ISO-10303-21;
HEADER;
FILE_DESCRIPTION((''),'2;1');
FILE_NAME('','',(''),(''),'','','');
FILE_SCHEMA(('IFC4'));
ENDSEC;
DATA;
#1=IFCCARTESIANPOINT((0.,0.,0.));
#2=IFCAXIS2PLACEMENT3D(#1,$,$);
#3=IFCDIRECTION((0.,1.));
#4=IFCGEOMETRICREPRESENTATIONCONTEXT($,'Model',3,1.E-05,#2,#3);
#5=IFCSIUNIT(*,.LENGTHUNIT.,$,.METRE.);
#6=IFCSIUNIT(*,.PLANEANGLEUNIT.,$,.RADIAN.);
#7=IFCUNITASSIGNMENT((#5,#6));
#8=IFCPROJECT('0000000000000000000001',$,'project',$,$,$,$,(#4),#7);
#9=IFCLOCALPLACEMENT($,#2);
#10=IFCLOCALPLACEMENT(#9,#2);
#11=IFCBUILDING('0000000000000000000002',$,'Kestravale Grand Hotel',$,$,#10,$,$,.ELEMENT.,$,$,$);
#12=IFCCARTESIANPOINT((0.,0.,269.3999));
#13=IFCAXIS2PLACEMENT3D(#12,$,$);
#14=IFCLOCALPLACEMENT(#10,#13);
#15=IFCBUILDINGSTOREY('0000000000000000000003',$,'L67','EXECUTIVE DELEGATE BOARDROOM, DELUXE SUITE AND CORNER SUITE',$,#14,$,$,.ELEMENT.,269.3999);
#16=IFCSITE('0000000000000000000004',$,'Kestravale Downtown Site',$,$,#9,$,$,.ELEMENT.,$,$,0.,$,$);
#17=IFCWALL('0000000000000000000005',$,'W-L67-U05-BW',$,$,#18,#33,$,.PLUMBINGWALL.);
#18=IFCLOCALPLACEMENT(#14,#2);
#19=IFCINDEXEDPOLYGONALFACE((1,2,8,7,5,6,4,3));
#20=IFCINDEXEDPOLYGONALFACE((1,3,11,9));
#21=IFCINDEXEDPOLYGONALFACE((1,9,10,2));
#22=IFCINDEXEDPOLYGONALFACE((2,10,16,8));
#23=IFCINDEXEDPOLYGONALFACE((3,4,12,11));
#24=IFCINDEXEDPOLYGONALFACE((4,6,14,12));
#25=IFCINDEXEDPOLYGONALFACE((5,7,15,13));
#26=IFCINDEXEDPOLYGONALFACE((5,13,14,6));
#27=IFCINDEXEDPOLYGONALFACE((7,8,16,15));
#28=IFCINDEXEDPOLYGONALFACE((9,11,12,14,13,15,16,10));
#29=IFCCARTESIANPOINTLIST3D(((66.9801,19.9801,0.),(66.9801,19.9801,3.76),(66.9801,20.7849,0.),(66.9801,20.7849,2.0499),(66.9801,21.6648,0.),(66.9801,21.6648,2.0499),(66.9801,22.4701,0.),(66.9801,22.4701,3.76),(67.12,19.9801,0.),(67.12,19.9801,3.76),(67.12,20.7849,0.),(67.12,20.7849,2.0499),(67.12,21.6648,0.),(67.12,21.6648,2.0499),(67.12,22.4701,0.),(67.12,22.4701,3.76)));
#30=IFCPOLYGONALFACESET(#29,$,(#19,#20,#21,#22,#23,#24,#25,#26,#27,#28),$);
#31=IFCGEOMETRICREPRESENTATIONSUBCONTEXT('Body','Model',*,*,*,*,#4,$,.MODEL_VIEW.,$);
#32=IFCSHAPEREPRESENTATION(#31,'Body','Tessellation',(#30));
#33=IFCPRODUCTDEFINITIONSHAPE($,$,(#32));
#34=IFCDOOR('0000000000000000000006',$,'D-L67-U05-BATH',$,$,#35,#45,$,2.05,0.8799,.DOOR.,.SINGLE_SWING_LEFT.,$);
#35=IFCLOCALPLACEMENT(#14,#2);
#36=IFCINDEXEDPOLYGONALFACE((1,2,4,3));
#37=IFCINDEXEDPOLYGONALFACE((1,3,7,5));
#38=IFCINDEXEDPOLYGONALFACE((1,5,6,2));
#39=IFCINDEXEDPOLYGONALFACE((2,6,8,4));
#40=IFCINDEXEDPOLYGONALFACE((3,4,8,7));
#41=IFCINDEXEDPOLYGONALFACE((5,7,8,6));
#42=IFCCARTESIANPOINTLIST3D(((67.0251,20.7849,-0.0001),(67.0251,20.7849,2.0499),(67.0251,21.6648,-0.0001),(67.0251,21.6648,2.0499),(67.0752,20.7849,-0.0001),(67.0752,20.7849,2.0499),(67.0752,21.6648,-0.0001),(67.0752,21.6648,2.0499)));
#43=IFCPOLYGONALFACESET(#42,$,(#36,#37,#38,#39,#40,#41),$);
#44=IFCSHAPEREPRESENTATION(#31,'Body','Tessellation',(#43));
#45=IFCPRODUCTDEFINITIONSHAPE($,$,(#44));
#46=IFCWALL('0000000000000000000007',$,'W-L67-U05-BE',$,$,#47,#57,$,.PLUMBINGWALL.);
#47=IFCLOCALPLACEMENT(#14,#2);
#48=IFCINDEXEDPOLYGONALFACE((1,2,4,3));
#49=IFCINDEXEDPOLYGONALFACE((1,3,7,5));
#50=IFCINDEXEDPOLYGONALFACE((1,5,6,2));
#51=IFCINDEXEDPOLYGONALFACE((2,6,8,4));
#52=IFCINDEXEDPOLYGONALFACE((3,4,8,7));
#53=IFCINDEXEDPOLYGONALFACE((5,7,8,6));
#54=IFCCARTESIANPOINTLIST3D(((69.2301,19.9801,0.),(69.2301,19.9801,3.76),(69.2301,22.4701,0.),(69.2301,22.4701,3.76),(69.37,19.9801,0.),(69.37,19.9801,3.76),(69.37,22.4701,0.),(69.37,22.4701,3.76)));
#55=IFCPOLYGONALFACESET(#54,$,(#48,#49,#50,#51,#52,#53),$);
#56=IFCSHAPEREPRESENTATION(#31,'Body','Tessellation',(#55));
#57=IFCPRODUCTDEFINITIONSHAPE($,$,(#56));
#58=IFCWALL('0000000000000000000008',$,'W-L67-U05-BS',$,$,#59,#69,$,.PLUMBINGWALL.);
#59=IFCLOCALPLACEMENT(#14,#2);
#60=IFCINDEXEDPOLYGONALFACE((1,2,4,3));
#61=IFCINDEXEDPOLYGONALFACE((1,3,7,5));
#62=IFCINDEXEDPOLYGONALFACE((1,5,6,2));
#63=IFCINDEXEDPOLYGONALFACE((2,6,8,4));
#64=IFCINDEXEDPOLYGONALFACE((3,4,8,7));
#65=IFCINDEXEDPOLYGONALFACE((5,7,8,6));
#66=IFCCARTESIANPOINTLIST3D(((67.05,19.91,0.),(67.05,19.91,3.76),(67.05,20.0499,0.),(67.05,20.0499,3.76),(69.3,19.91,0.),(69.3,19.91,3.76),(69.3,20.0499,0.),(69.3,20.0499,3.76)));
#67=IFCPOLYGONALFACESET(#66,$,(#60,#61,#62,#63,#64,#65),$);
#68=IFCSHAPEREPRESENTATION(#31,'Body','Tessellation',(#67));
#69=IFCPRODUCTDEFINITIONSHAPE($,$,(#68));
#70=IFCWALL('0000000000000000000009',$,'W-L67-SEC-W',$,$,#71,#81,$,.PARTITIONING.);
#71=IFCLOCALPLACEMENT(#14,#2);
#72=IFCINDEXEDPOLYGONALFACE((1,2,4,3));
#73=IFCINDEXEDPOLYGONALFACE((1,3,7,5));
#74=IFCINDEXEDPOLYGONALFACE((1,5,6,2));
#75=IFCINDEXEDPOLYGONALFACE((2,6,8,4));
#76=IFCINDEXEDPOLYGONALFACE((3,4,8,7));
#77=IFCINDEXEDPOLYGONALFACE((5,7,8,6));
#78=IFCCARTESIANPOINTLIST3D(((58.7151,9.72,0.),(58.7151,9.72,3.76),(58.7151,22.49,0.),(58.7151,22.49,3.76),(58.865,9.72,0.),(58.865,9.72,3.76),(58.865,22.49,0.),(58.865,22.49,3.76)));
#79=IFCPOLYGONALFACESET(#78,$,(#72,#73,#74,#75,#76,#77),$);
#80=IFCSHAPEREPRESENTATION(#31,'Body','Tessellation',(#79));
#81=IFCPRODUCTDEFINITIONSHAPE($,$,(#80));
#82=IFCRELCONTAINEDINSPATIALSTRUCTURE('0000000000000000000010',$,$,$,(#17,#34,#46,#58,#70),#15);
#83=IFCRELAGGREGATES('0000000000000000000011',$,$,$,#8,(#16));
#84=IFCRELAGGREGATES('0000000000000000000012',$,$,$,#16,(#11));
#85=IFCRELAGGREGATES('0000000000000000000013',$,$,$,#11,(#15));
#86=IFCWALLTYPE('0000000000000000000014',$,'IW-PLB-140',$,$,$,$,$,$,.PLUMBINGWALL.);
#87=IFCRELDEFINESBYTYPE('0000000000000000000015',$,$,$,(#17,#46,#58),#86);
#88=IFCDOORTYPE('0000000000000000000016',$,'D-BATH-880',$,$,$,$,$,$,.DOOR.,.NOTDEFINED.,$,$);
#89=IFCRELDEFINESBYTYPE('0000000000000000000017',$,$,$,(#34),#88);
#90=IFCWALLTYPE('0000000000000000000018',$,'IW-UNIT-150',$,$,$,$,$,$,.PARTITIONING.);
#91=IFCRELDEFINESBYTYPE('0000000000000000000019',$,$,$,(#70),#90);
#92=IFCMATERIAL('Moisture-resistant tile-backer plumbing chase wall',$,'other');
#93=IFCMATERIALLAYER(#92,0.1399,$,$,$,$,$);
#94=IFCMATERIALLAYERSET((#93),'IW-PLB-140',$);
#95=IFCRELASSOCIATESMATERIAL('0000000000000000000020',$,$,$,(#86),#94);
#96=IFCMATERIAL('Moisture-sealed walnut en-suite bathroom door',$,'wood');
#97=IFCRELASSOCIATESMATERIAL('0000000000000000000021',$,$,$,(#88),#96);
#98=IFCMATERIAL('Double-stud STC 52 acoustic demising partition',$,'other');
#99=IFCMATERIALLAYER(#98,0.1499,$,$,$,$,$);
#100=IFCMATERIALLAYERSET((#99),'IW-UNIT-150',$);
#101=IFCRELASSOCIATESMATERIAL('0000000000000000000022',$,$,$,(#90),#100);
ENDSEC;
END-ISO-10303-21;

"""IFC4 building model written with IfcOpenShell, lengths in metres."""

from ifc_helpers import new_model, si_unit, direction, frame, frame_2d, origin, place, context, subcontext, project, spatial, rectangle, extrude, material, layer, layer_set, type_object, element, fill, save


model = new_model("IFC4")

# Units and contexts
model_context = context("Model", 3, precision=1e-05, world=origin(), true_north=direction((0.0, 1.0)))
body_context = subcontext(model_context, "Body", "Model", "MODEL_VIEW")
ifc_project = project(units=[si_unit("LENGTHUNIT", "METRE"), si_unit("PLANEANGLEUNIT", "RADIAN")], contexts=[model_context])

# Site, building, storey
site_placement = place(None, origin())
site = spatial("IfcSite", under=ifc_project, at=site_placement, Name="Kestravale Downtown Site", CompositionType="ELEMENT", RefElevation=0.0)
building_placement = place(site_placement, origin())
building = spatial("IfcBuilding", under=site, at=building_placement, Name="Kestravale Grand Hotel", CompositionType="ELEMENT")
storey_placement = place(building_placement, frame((0.0, 0.0, 269.3999)))
storey = spatial("IfcBuildingStorey", under=building, at=storey_placement, Name="L67", Description="EXECUTIVE DELEGATE BOARDROOM, DELUXE SUITE AND CORNER SUITE", CompositionType="ELEMENT", Elevation=269.3999)

# Wall, opening, door
ifc_material_1 = material(Name="Moisture-resistant tile-backer plumbing chase wall", Category="other")
ifc_layer_1 = layer(ifc_material_1, 0.1399)
ifc_layer_set_1 = layer_set([ifc_layer_1], Name="IW-PLB-140")
wall_type_1 = type_object("IfcWallType", Name="IW-PLB-140", PredefinedType="PLUMBINGWALL", material=ifc_layer_set_1)
wall_1_placement = place(storey_placement, frame((67.05, 19.98, 0.0), z_axis=(0.0, 0.0, 1.0), x_axis=(0.0, 1.0, 0.0)))
wall_1 = element("IfcWall", 1, at=wall_1_placement, inside=storey, type_object=wall_type_1, Name="W-L67-U05-BW", PredefinedType="PLUMBINGWALL", context=body_context, shape_type="SweptSolid", body=[
    extrude(rectangle(XDim=2.49, YDim=0.1399, at=frame_2d((1.2451, 0.0))), origin(), (0.0, 0.0, 1.0), 3.76),
])
opening_1_placement = place(wall_1_placement, frame((0.8049, 0.0, 0.0)))
opening_1 = element("IfcOpeningElement", 2, at=opening_1_placement, cuts=wall_1, PredefinedType="OPENING", context=body_context, shape_type="SweptSolid", body=[
    extrude(rectangle(XDim=0.8799, YDim=2.05, at=frame_2d((0.4399, 1.0249))), frame((0.0, 0.0798, 0.0), z_axis=(0.0, -1.0, 0.0), x_axis=(1.0, 0.0, 0.0)), (0.0, 0.0, 1.0), 0.1599),
])
ifc_material_2 = material(Name="Moisture-sealed walnut en-suite bathroom door", Category="wood")
door_type = type_object("IfcDoorType", Name="D-BATH-880", OperationType="NOTDEFINED", PredefinedType="DOOR", material=ifc_material_2)
door_placement = place(opening_1_placement, origin())
door = element("IfcDoor", 3, at=door_placement, inside=storey, type_object=door_type, Name="D-L67-U05-BATH", OperationType="SINGLE_SWING_LEFT", OverallHeight=2.05, OverallWidth=0.8799, PredefinedType="DOOR", context=body_context, shape_type="SweptSolid", body=[
    extrude(rectangle(XDim=0.8799, YDim=2.05, at=frame_2d((0.4399, 1.0249))), frame((0.0, 0.0249, 0.0), z_axis=(0.0, -1.0, 0.0), x_axis=(1.0, 0.0, 0.0)), (0.0, 0.0, 1.0), 0.05),
])
fill(opening_1, door)

# Walls
wall_2_placement = place(storey_placement, frame((69.3, 19.98, 0.0), z_axis=(0.0, 0.0, 1.0), x_axis=(0.0, 1.0, 0.0)))
element("IfcWall", 4, at=wall_2_placement, inside=storey, type_object=wall_type_1, Name="W-L67-U05-BE", PredefinedType="PLUMBINGWALL", context=body_context, shape_type="SweptSolid", body=[
    extrude(rectangle(XDim=2.49, YDim=0.1399, at=frame_2d((1.2451, 0.0))), origin(), (0.0, 0.0, 1.0), 3.76),
])
wall_3_placement = place(storey_placement, frame((67.05, 19.98, 0.0), z_axis=(0.0, 0.0, 1.0), x_axis=(1.0, 0.0, 0.0)))
element("IfcWall", 5, at=wall_3_placement, inside=storey, type_object=wall_type_1, Name="W-L67-U05-BS", PredefinedType="PLUMBINGWALL", context=body_context, shape_type="SweptSolid", body=[
    extrude(rectangle(XDim=2.25, YDim=0.1399, at=frame_2d((1.125, 0.0))), origin(), (0.0, 0.0, 1.0), 3.76),
])
ifc_material_3 = material(Name="Double-stud STC 52 acoustic demising partition", Category="other")
ifc_layer_2 = layer(ifc_material_3, 0.1499)
ifc_layer_set_2 = layer_set([ifc_layer_2], Name="IW-UNIT-150")
wall_type_2 = type_object("IfcWallType", Name="IW-UNIT-150", PredefinedType="PARTITIONING", material=ifc_layer_set_2)
wall_4_placement = place(storey_placement, frame((58.79, 9.72, 0.0), z_axis=(0.0, 0.0, 1.0), x_axis=(0.0, 1.0, 0.0)))
element("IfcWall", 6, at=wall_4_placement, inside=storey, type_object=wall_type_2, Name="W-L67-SEC-W", PredefinedType="PARTITIONING", context=body_context, shape_type="SweptSolid", body=[
    extrude(rectangle(XDim=12.77, YDim=0.1499, at=frame_2d((6.385, 0.0))), origin(), (0.0, 0.0, 1.0), 3.76),
])

save(model, "model.ifc")
